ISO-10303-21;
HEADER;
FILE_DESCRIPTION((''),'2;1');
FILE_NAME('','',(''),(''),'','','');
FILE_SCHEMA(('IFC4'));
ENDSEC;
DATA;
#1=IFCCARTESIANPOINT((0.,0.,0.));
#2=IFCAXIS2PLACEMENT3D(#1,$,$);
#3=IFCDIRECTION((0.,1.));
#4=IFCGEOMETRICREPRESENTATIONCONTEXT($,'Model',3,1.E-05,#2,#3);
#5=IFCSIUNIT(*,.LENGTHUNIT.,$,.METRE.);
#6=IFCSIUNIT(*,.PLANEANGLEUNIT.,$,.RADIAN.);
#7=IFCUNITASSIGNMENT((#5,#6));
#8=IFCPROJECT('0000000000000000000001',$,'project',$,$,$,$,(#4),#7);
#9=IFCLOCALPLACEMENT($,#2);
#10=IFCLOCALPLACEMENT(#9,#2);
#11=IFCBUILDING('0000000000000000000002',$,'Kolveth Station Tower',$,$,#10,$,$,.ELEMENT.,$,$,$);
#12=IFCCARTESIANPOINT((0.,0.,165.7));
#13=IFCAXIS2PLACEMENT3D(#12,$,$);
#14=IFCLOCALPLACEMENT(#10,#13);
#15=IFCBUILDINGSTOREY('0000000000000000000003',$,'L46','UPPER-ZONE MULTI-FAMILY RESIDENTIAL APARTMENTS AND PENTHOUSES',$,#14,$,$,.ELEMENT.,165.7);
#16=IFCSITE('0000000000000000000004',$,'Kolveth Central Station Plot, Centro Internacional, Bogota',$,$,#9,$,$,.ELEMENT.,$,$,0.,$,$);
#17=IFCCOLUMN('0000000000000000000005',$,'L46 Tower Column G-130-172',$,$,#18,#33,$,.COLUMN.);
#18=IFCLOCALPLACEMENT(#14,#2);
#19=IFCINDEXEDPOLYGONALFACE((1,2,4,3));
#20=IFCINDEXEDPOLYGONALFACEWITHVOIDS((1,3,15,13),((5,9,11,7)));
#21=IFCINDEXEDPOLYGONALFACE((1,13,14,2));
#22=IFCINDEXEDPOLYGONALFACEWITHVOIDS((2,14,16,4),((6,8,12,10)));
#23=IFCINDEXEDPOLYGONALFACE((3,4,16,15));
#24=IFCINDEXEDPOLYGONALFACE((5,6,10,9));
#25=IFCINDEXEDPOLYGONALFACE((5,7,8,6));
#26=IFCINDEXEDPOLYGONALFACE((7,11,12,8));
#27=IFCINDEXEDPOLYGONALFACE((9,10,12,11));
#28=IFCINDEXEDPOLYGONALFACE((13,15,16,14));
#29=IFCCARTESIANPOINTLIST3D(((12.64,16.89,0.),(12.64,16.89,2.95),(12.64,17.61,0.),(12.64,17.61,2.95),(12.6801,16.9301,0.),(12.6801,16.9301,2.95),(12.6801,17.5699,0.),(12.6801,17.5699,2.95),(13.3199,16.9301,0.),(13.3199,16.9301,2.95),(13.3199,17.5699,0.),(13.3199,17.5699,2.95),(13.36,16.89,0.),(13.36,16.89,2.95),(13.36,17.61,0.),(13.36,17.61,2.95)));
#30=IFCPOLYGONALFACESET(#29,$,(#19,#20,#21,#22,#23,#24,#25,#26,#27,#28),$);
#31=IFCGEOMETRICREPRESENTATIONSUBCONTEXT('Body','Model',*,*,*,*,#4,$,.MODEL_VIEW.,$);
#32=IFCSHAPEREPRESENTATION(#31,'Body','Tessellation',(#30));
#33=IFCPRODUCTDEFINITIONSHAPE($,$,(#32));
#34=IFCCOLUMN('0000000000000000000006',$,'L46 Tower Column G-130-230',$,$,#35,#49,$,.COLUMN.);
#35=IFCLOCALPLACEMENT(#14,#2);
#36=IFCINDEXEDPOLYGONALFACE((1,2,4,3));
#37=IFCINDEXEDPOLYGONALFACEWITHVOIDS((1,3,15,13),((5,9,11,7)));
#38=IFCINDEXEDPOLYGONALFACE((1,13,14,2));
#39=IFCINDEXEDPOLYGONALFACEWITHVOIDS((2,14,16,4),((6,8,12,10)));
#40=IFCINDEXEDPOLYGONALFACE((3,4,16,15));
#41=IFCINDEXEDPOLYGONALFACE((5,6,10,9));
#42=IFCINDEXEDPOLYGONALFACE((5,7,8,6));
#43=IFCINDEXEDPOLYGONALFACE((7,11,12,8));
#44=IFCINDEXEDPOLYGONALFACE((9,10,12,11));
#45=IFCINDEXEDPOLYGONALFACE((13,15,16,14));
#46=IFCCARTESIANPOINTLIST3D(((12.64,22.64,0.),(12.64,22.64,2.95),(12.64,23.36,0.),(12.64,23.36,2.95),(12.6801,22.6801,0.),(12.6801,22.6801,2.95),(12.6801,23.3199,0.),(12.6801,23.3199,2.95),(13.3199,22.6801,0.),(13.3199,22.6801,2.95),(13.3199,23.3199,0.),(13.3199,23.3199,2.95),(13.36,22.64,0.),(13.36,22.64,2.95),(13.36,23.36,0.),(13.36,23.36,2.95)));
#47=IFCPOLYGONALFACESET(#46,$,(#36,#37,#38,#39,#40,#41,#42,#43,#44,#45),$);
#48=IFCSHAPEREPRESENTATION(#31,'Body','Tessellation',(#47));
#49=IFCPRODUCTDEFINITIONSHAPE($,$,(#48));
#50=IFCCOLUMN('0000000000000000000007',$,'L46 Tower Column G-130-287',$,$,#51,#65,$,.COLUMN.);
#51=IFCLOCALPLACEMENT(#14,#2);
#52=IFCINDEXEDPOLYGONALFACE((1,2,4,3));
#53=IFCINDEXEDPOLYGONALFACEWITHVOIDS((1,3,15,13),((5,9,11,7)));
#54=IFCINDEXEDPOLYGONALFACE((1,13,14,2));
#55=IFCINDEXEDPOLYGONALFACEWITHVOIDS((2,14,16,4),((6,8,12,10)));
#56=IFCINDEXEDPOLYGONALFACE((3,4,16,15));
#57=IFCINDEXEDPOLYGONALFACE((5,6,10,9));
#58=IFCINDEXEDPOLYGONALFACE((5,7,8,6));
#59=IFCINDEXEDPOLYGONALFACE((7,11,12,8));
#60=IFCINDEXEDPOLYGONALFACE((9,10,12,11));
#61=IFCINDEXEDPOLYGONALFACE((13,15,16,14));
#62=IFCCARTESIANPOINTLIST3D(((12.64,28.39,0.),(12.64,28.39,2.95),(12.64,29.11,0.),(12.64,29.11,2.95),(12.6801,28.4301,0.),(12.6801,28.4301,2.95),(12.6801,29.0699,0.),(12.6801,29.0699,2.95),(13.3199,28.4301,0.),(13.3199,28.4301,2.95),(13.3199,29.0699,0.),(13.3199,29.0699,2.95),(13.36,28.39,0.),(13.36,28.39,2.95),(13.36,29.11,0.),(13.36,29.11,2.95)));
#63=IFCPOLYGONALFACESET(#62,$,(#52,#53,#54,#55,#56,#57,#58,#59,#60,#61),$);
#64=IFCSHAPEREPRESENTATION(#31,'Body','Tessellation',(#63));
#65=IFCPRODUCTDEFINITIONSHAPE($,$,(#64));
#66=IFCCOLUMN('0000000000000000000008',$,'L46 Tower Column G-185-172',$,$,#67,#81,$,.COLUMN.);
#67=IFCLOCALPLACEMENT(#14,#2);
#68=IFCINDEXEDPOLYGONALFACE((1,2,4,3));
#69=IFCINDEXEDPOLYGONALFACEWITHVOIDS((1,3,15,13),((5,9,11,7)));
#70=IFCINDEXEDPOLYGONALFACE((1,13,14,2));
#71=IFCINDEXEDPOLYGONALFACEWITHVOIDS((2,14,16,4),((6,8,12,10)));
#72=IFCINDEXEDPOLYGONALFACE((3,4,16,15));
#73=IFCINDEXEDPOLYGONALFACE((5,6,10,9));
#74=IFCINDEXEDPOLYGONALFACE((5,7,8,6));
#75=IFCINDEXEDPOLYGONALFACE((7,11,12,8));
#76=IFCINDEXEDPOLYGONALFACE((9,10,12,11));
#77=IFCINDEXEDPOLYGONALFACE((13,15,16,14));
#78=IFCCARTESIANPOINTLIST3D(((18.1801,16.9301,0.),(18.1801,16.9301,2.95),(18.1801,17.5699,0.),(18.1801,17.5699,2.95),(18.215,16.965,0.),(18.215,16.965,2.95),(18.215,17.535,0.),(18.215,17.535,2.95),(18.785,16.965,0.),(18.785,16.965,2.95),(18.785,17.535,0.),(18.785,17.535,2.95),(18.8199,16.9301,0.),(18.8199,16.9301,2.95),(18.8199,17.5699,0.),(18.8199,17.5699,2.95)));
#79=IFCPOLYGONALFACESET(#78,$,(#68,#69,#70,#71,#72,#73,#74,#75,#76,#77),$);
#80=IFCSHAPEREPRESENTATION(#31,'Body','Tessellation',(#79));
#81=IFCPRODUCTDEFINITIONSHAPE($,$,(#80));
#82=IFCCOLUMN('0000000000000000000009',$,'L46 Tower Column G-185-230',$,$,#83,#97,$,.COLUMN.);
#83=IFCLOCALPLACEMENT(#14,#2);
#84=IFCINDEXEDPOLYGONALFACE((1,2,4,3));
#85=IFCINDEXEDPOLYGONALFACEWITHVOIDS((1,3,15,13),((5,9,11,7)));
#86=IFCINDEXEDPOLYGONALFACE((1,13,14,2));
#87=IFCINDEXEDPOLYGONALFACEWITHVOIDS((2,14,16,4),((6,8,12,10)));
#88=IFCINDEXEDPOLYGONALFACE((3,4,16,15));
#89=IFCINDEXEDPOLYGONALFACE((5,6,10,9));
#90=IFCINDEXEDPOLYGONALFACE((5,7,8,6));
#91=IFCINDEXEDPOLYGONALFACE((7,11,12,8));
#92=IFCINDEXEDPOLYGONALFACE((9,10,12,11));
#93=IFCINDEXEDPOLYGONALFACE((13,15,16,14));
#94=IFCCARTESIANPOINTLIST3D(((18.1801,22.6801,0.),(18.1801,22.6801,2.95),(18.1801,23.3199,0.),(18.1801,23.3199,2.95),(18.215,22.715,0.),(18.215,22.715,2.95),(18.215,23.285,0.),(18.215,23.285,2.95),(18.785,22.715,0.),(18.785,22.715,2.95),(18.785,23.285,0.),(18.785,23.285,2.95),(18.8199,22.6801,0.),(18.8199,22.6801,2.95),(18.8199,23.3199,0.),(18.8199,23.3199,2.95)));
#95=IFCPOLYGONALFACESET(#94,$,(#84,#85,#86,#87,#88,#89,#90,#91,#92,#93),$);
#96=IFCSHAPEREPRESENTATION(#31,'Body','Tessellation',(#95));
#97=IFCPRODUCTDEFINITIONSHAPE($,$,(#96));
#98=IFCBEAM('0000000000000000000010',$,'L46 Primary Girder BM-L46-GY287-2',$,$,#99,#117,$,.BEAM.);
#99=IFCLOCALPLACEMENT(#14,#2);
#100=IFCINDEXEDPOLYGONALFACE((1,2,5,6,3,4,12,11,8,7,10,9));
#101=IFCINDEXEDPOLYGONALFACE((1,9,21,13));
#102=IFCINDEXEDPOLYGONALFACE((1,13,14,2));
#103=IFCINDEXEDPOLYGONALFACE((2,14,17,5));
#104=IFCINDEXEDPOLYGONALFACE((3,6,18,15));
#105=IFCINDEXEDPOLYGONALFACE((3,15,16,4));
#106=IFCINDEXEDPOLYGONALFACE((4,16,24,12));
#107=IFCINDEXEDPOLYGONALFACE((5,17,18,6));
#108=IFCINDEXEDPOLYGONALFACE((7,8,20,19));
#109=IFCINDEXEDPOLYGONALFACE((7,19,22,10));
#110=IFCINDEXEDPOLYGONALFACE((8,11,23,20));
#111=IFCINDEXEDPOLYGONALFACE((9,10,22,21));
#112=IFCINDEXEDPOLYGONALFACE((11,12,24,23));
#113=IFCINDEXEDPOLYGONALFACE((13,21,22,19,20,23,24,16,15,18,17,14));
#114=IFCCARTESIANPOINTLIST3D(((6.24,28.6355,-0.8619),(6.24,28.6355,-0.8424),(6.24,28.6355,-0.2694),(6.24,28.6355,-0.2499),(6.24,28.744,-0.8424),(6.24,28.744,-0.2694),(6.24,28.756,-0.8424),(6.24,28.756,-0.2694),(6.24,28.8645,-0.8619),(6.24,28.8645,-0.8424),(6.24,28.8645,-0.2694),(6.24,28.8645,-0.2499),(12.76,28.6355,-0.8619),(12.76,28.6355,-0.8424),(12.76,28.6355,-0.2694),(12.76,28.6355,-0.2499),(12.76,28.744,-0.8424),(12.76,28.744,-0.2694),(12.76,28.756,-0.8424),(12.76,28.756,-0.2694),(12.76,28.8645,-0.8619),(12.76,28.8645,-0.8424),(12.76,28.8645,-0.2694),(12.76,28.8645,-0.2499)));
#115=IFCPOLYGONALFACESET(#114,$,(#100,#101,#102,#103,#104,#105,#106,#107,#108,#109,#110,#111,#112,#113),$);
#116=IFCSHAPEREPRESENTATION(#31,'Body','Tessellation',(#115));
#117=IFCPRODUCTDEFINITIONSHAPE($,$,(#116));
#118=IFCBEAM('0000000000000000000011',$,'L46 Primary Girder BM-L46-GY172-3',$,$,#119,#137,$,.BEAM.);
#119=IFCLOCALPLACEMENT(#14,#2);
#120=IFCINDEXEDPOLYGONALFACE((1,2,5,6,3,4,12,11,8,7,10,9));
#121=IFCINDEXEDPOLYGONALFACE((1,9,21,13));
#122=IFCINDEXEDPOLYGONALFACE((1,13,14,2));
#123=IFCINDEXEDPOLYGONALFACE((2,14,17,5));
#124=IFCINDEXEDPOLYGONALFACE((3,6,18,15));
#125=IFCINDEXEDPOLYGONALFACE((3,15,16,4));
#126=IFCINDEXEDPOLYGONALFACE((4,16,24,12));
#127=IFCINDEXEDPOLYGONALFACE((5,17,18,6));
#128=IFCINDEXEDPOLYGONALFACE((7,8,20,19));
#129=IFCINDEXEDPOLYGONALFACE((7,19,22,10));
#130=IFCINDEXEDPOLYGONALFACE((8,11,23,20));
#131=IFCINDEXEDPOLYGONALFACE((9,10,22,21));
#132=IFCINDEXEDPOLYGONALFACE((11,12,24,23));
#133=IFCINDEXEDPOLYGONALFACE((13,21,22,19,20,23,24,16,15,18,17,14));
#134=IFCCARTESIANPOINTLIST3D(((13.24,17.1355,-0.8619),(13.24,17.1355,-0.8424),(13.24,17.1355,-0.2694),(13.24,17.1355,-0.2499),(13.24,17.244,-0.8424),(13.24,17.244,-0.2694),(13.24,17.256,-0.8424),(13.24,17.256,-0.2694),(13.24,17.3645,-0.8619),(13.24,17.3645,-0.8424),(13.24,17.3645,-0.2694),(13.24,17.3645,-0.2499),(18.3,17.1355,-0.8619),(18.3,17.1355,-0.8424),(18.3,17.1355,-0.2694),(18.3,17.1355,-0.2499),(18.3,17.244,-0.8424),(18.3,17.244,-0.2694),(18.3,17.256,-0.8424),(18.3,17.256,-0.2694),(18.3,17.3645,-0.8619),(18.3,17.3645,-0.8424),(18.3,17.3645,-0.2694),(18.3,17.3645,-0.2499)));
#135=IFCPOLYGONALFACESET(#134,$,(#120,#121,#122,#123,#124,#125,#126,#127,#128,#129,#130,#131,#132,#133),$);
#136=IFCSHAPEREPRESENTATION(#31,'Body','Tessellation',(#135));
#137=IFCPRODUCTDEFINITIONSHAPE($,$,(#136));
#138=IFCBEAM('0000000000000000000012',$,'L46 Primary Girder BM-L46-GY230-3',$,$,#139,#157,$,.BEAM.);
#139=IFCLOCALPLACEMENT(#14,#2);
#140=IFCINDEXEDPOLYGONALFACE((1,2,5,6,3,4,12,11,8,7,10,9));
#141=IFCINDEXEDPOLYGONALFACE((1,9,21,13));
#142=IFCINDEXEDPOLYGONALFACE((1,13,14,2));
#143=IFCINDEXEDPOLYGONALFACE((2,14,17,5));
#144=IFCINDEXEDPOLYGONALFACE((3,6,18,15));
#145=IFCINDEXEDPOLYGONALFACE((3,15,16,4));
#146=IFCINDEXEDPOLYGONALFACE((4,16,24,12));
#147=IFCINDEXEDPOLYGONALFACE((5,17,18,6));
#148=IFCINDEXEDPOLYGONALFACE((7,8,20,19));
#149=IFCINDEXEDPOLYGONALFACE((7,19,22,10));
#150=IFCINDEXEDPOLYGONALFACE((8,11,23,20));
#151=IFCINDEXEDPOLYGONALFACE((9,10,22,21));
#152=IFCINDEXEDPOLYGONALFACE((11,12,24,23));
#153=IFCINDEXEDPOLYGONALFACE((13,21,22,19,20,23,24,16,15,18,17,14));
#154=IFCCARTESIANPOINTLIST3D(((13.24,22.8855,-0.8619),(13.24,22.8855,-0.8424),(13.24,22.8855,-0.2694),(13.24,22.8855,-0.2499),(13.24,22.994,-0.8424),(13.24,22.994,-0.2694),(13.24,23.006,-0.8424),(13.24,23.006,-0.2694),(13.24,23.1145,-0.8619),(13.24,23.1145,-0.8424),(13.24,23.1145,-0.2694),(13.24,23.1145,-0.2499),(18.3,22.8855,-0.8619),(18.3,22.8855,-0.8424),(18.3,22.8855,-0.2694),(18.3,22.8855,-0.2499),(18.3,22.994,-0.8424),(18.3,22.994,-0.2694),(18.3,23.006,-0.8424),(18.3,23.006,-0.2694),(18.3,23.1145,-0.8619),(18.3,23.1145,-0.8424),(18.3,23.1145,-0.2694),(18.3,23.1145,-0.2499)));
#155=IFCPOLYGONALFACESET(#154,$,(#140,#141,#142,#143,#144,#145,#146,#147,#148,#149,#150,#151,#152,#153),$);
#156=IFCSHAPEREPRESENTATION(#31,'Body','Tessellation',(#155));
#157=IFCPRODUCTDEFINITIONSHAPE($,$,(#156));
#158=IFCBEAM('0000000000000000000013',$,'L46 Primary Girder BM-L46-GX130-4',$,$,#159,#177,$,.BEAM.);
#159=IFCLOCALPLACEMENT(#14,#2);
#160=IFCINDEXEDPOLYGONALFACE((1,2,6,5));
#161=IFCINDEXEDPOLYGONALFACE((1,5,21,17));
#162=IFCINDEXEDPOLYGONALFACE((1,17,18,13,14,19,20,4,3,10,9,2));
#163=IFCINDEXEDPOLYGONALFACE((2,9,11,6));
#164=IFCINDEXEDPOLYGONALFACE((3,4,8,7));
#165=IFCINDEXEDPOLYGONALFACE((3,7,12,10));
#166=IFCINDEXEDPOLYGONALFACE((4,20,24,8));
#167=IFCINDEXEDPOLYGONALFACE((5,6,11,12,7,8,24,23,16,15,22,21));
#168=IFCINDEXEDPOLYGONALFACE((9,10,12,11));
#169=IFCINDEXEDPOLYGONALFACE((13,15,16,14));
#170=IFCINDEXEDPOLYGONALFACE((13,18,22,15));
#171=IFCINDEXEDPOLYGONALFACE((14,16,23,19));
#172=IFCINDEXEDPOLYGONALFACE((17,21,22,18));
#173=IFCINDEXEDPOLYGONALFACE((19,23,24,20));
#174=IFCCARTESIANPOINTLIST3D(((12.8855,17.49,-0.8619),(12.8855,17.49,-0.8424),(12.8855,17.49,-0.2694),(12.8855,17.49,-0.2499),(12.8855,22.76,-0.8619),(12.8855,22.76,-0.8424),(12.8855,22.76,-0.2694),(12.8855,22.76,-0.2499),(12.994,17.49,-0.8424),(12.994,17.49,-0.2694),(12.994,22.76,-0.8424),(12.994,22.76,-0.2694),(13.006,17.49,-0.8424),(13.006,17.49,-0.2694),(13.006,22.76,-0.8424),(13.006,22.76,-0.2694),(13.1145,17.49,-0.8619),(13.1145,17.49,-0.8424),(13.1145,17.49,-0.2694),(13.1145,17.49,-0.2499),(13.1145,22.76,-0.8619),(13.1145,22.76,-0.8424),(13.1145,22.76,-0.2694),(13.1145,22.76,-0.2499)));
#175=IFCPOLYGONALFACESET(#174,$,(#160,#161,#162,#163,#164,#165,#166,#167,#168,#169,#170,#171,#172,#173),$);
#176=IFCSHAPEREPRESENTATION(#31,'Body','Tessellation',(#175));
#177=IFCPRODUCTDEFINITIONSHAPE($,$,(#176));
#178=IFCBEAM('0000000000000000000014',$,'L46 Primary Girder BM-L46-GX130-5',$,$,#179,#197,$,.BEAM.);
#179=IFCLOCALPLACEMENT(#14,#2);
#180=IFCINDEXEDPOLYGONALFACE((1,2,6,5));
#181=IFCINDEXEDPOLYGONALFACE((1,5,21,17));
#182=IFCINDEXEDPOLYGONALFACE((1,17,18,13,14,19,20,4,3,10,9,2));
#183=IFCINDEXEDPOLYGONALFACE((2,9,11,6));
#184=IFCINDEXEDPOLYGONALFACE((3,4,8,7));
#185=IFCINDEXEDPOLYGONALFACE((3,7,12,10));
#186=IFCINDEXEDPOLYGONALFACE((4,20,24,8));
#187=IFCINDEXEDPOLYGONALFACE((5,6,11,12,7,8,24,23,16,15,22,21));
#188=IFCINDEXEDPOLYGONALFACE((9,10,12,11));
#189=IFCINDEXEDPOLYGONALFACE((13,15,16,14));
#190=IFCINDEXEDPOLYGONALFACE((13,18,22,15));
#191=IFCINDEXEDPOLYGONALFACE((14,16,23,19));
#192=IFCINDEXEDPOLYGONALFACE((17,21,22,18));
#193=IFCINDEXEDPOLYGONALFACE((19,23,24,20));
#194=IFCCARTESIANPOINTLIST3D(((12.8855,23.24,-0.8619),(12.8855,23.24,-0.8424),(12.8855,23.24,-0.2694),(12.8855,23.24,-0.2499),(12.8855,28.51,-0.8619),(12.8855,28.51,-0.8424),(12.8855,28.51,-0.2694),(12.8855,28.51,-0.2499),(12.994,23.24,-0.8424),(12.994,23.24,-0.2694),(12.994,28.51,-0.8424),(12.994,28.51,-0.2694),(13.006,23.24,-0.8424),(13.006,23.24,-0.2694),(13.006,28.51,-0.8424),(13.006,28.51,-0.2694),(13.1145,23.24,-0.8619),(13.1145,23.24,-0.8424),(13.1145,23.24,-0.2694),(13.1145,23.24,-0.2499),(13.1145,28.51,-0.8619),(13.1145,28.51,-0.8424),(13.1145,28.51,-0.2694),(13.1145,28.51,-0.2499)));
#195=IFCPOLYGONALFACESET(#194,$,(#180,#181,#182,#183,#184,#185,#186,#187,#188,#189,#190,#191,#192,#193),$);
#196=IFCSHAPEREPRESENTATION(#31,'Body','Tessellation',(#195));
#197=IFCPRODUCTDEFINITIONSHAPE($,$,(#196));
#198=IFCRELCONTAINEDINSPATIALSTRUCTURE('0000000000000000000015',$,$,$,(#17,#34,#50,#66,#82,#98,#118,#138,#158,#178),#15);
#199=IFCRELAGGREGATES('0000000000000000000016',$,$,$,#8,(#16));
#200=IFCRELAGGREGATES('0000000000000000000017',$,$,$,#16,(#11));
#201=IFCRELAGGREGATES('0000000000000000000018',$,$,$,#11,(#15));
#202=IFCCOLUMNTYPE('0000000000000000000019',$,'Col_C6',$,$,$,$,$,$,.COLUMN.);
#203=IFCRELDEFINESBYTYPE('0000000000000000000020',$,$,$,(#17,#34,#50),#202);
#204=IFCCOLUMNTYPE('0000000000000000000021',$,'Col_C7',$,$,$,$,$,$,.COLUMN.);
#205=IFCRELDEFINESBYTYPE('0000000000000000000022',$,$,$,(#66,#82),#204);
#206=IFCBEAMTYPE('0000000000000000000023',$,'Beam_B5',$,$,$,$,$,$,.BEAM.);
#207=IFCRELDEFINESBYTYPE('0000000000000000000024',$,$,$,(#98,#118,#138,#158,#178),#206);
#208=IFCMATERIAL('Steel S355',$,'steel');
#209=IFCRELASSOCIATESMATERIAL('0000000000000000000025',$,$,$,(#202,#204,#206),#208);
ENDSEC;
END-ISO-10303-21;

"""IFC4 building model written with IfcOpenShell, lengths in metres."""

from ifc_helpers import new_model, si_unit, direction, frame, origin, origin_2d, place, context, subcontext, project, spatial, hollow_rectangle, i_section, extrude, source, transform, mapped, material, material_profile, profile_set, type_object, element, save


model = new_model("IFC4")

# Units and contexts
model_context = context("Model", 3, precision=1e-05, world=origin(), true_north=direction((0.0, 1.0)))
body_context = subcontext(model_context, "Body", "Model", "MODEL_VIEW")
ifc_project = project(units=[si_unit("LENGTHUNIT", "METRE"), si_unit("PLANEANGLEUNIT", "RADIAN")], contexts=[model_context])

# Site, building, storey
site_placement = place(None, origin())
site = spatial("IfcSite", under=ifc_project, at=site_placement, Name="Kolveth Central Station Plot, Centro Internacional, Bogota", CompositionType="ELEMENT", RefElevation=0.0)
building_placement = place(site_placement, origin())
building = spatial("IfcBuilding", under=site, at=building_placement, Name="Kolveth Station Tower", CompositionType="ELEMENT")
storey_placement = place(building_placement, frame((0.0, 0.0, 165.7)))
storey = spatial("IfcBuildingStorey", under=building, at=storey_placement, Name="L46", Description="UPPER-ZONE MULTI-FAMILY RESIDENTIAL APARTMENTS AND PENTHOUSES", CompositionType="ELEMENT", Elevation=165.7)

# Columns
ifc_material_1 = material(Name="Steel S355", Category="steel")
ifc_material_profile_1 = material_profile(ifc_material_1, hollow_rectangle(XDim=0.72, YDim=0.72, WallThickness=0.04, at=origin_2d()), Name="BOX720x720x40")
ifc_profile_set_1 = profile_set([ifc_material_profile_1], Name="Steel S355")
column_type_1 = type_object("IfcColumnType", Name="Col_C6", PredefinedType="COLUMN", material=ifc_profile_set_1)
shared_shape_1 = source(origin(), body_context, "Body", "SweptSolid", [
    extrude(hollow_rectangle(XDim=0.72, YDim=0.72, WallThickness=0.04, at=origin_2d()), origin(), (0.0, 0.0, 1.0), 2.95),
])
for number, where, z_axis, x_axis, name in (
    (1, (13.0, 17.25, 0.0), (0.0, 0.0, 1.0), (1.0, 0.0, 0.0), "L46 Tower Column G-130-172"),
    (2, (13.0, 23.0, 0.0), (0.0, 0.0, 1.0), (1.0, 0.0, 0.0), "L46 Tower Column G-130-230"),
    (3, (13.0, 28.75, 0.0), (0.0, 0.0, 1.0), (1.0, 0.0, 0.0), "L46 Tower Column G-130-287"),
):
    element("IfcColumn", number, at=place(storey_placement, frame(where, z_axis=z_axis, x_axis=x_axis)), inside=storey, type_object=column_type_1, Name=name, PredefinedType="COLUMN", context=body_context, shape_type="MappedRepresentation", body=[
        mapped(shared_shape_1, transform((0.0, 0.0, 0.0), x_axis=(1.0, 0.0, 0.0), y_axis=(0.0, 1.0, 0.0), z_axis=(0.0, 0.0, 1.0), scale=1.0)),
    ])
ifc_material_profile_2 = material_profile(ifc_material_1, hollow_rectangle(XDim=0.6399, YDim=0.6399, WallThickness=0.0349, at=origin_2d()), Name="BOX640x640x35")
ifc_profile_set_2 = profile_set([ifc_material_profile_2], Name="Steel S355")
column_type_2 = type_object("IfcColumnType", Name="Col_C7", PredefinedType="COLUMN", material=ifc_profile_set_2)
shared_shape_2 = source(origin(), body_context, "Body", "SweptSolid", [
    extrude(hollow_rectangle(XDim=0.6399, YDim=0.6399, WallThickness=0.0349, at=origin_2d()), origin(), (0.0, 0.0, 1.0), 2.95),
])
for number, where, z_axis, x_axis, name in (
    (4, (18.5, 17.25, 0.0), (0.0, 0.0, 1.0), (1.0, 0.0, 0.0), "L46 Tower Column G-185-172"),
    (5, (18.5, 23.0, 0.0), (0.0, 0.0, 1.0), (1.0, 0.0, 0.0), "L46 Tower Column G-185-230"),
):
    element("IfcColumn", number, at=place(storey_placement, frame(where, z_axis=z_axis, x_axis=x_axis)), inside=storey, type_object=column_type_2, Name=name, PredefinedType="COLUMN", context=body_context, shape_type="MappedRepresentation", body=[
        mapped(shared_shape_2, transform((0.0, 0.0, 0.0), x_axis=(1.0, 0.0, 0.0), y_axis=(0.0, 1.0, 0.0), z_axis=(0.0, 0.0, 1.0), scale=1.0)),
    ])

# Beams
ifc_material_profile_3 = material_profile(ifc_material_1, i_section(OverallWidth=0.229, OverallDepth=0.6121, WebThickness=0.012, FlangeThickness=0.0195, at=origin_2d()), Name="W610x125")
ifc_profile_set_3 = profile_set([ifc_material_profile_3], Name="Steel S355")
beam_type_1 = type_object("IfcBeamType", Name="Beam_B5", PredefinedType="BEAM", material=ifc_profile_set_3)
shared_shape_3 = source(origin(), body_context, "Body", "SweptSolid", [
    extrude(i_section(OverallWidth=0.229, OverallDepth=0.6121, WebThickness=0.012, FlangeThickness=0.0195, at=origin_2d()), origin(), (0.0, 0.0, 1.0), 6.52),
])
beam_placement = place(storey_placement, frame((6.24, 28.75, -0.5559), z_axis=(1.0, 0.0, 0.0), x_axis=(0.0, 1.0, 0.0)))
element("IfcBeam", 6, at=beam_placement, inside=storey, type_object=beam_type_1, Name="L46 Primary Girder BM-L46-GY287-2", PredefinedType="BEAM", context=body_context, shape_type="MappedRepresentation", body=[
    mapped(shared_shape_3, transform((0.0, 0.0, 0.0), x_axis=(1.0, 0.0, 0.0), y_axis=(0.0, 1.0, 0.0), z_axis=(0.0, 0.0, 1.0), scale=1.0)),
])
shared_shape_4 = source(origin(), body_context, "Body", "SweptSolid", [
    extrude(i_section(OverallWidth=0.229, OverallDepth=0.6121, WebThickness=0.012, FlangeThickness=0.0195, at=origin_2d()), origin(), (0.0, 0.0, 1.0), 5.0601),
])
for number, where, z_axis, x_axis, name in (
    (7, (13.24, 17.25, -0.5559), (1.0, 0.0, 0.0), (0.0, 1.0, 0.0), "L46 Primary Girder BM-L46-GY172-3"),
    (8, (13.24, 23.0, -0.5559), (1.0, 0.0, 0.0), (0.0, 1.0, 0.0), "L46 Primary Girder BM-L46-GY230-3"),
):
    element("IfcBeam", number, at=place(storey_placement, frame(where, z_axis=z_axis, x_axis=x_axis)), inside=storey, type_object=beam_type_1, Name=name, PredefinedType="BEAM", context=body_context, shape_type="MappedRepresentation", body=[
        mapped(shared_shape_4, transform((0.0, 0.0, 0.0), x_axis=(1.0, 0.0, 0.0), y_axis=(0.0, 1.0, 0.0), z_axis=(0.0, 0.0, 1.0), scale=1.0)),
    ])
shared_shape_5 = source(origin(), body_context, "Body", "SweptSolid", [
    extrude(i_section(OverallWidth=0.229, OverallDepth=0.6121, WebThickness=0.012, FlangeThickness=0.0195, at=origin_2d()), origin(), (0.0, 0.0, 1.0), 5.27),
])
for number, where, z_axis, x_axis, name in (
    (9, (13.0, 17.49, -0.5559), (0.0, 1.0, 0.0), (-1.0, 0.0, 0.0), "L46 Primary Girder BM-L46-GX130-4"),
    (10, (13.0, 23.24, -0.5559), (0.0, 1.0, 0.0), (-1.0, 0.0, 0.0), "L46 Primary Girder BM-L46-GX130-5"),
):
    element("IfcBeam", number, at=place(storey_placement, frame(where, z_axis=z_axis, x_axis=x_axis)), inside=storey, type_object=beam_type_1, Name=name, PredefinedType="BEAM", context=body_context, shape_type="MappedRepresentation", body=[
        mapped(shared_shape_5, transform((0.0, 0.0, 0.0), x_axis=(1.0, 0.0, 0.0), y_axis=(0.0, 1.0, 0.0), z_axis=(0.0, 0.0, 1.0), scale=1.0)),
    ])

save(model, "model.ifc")
